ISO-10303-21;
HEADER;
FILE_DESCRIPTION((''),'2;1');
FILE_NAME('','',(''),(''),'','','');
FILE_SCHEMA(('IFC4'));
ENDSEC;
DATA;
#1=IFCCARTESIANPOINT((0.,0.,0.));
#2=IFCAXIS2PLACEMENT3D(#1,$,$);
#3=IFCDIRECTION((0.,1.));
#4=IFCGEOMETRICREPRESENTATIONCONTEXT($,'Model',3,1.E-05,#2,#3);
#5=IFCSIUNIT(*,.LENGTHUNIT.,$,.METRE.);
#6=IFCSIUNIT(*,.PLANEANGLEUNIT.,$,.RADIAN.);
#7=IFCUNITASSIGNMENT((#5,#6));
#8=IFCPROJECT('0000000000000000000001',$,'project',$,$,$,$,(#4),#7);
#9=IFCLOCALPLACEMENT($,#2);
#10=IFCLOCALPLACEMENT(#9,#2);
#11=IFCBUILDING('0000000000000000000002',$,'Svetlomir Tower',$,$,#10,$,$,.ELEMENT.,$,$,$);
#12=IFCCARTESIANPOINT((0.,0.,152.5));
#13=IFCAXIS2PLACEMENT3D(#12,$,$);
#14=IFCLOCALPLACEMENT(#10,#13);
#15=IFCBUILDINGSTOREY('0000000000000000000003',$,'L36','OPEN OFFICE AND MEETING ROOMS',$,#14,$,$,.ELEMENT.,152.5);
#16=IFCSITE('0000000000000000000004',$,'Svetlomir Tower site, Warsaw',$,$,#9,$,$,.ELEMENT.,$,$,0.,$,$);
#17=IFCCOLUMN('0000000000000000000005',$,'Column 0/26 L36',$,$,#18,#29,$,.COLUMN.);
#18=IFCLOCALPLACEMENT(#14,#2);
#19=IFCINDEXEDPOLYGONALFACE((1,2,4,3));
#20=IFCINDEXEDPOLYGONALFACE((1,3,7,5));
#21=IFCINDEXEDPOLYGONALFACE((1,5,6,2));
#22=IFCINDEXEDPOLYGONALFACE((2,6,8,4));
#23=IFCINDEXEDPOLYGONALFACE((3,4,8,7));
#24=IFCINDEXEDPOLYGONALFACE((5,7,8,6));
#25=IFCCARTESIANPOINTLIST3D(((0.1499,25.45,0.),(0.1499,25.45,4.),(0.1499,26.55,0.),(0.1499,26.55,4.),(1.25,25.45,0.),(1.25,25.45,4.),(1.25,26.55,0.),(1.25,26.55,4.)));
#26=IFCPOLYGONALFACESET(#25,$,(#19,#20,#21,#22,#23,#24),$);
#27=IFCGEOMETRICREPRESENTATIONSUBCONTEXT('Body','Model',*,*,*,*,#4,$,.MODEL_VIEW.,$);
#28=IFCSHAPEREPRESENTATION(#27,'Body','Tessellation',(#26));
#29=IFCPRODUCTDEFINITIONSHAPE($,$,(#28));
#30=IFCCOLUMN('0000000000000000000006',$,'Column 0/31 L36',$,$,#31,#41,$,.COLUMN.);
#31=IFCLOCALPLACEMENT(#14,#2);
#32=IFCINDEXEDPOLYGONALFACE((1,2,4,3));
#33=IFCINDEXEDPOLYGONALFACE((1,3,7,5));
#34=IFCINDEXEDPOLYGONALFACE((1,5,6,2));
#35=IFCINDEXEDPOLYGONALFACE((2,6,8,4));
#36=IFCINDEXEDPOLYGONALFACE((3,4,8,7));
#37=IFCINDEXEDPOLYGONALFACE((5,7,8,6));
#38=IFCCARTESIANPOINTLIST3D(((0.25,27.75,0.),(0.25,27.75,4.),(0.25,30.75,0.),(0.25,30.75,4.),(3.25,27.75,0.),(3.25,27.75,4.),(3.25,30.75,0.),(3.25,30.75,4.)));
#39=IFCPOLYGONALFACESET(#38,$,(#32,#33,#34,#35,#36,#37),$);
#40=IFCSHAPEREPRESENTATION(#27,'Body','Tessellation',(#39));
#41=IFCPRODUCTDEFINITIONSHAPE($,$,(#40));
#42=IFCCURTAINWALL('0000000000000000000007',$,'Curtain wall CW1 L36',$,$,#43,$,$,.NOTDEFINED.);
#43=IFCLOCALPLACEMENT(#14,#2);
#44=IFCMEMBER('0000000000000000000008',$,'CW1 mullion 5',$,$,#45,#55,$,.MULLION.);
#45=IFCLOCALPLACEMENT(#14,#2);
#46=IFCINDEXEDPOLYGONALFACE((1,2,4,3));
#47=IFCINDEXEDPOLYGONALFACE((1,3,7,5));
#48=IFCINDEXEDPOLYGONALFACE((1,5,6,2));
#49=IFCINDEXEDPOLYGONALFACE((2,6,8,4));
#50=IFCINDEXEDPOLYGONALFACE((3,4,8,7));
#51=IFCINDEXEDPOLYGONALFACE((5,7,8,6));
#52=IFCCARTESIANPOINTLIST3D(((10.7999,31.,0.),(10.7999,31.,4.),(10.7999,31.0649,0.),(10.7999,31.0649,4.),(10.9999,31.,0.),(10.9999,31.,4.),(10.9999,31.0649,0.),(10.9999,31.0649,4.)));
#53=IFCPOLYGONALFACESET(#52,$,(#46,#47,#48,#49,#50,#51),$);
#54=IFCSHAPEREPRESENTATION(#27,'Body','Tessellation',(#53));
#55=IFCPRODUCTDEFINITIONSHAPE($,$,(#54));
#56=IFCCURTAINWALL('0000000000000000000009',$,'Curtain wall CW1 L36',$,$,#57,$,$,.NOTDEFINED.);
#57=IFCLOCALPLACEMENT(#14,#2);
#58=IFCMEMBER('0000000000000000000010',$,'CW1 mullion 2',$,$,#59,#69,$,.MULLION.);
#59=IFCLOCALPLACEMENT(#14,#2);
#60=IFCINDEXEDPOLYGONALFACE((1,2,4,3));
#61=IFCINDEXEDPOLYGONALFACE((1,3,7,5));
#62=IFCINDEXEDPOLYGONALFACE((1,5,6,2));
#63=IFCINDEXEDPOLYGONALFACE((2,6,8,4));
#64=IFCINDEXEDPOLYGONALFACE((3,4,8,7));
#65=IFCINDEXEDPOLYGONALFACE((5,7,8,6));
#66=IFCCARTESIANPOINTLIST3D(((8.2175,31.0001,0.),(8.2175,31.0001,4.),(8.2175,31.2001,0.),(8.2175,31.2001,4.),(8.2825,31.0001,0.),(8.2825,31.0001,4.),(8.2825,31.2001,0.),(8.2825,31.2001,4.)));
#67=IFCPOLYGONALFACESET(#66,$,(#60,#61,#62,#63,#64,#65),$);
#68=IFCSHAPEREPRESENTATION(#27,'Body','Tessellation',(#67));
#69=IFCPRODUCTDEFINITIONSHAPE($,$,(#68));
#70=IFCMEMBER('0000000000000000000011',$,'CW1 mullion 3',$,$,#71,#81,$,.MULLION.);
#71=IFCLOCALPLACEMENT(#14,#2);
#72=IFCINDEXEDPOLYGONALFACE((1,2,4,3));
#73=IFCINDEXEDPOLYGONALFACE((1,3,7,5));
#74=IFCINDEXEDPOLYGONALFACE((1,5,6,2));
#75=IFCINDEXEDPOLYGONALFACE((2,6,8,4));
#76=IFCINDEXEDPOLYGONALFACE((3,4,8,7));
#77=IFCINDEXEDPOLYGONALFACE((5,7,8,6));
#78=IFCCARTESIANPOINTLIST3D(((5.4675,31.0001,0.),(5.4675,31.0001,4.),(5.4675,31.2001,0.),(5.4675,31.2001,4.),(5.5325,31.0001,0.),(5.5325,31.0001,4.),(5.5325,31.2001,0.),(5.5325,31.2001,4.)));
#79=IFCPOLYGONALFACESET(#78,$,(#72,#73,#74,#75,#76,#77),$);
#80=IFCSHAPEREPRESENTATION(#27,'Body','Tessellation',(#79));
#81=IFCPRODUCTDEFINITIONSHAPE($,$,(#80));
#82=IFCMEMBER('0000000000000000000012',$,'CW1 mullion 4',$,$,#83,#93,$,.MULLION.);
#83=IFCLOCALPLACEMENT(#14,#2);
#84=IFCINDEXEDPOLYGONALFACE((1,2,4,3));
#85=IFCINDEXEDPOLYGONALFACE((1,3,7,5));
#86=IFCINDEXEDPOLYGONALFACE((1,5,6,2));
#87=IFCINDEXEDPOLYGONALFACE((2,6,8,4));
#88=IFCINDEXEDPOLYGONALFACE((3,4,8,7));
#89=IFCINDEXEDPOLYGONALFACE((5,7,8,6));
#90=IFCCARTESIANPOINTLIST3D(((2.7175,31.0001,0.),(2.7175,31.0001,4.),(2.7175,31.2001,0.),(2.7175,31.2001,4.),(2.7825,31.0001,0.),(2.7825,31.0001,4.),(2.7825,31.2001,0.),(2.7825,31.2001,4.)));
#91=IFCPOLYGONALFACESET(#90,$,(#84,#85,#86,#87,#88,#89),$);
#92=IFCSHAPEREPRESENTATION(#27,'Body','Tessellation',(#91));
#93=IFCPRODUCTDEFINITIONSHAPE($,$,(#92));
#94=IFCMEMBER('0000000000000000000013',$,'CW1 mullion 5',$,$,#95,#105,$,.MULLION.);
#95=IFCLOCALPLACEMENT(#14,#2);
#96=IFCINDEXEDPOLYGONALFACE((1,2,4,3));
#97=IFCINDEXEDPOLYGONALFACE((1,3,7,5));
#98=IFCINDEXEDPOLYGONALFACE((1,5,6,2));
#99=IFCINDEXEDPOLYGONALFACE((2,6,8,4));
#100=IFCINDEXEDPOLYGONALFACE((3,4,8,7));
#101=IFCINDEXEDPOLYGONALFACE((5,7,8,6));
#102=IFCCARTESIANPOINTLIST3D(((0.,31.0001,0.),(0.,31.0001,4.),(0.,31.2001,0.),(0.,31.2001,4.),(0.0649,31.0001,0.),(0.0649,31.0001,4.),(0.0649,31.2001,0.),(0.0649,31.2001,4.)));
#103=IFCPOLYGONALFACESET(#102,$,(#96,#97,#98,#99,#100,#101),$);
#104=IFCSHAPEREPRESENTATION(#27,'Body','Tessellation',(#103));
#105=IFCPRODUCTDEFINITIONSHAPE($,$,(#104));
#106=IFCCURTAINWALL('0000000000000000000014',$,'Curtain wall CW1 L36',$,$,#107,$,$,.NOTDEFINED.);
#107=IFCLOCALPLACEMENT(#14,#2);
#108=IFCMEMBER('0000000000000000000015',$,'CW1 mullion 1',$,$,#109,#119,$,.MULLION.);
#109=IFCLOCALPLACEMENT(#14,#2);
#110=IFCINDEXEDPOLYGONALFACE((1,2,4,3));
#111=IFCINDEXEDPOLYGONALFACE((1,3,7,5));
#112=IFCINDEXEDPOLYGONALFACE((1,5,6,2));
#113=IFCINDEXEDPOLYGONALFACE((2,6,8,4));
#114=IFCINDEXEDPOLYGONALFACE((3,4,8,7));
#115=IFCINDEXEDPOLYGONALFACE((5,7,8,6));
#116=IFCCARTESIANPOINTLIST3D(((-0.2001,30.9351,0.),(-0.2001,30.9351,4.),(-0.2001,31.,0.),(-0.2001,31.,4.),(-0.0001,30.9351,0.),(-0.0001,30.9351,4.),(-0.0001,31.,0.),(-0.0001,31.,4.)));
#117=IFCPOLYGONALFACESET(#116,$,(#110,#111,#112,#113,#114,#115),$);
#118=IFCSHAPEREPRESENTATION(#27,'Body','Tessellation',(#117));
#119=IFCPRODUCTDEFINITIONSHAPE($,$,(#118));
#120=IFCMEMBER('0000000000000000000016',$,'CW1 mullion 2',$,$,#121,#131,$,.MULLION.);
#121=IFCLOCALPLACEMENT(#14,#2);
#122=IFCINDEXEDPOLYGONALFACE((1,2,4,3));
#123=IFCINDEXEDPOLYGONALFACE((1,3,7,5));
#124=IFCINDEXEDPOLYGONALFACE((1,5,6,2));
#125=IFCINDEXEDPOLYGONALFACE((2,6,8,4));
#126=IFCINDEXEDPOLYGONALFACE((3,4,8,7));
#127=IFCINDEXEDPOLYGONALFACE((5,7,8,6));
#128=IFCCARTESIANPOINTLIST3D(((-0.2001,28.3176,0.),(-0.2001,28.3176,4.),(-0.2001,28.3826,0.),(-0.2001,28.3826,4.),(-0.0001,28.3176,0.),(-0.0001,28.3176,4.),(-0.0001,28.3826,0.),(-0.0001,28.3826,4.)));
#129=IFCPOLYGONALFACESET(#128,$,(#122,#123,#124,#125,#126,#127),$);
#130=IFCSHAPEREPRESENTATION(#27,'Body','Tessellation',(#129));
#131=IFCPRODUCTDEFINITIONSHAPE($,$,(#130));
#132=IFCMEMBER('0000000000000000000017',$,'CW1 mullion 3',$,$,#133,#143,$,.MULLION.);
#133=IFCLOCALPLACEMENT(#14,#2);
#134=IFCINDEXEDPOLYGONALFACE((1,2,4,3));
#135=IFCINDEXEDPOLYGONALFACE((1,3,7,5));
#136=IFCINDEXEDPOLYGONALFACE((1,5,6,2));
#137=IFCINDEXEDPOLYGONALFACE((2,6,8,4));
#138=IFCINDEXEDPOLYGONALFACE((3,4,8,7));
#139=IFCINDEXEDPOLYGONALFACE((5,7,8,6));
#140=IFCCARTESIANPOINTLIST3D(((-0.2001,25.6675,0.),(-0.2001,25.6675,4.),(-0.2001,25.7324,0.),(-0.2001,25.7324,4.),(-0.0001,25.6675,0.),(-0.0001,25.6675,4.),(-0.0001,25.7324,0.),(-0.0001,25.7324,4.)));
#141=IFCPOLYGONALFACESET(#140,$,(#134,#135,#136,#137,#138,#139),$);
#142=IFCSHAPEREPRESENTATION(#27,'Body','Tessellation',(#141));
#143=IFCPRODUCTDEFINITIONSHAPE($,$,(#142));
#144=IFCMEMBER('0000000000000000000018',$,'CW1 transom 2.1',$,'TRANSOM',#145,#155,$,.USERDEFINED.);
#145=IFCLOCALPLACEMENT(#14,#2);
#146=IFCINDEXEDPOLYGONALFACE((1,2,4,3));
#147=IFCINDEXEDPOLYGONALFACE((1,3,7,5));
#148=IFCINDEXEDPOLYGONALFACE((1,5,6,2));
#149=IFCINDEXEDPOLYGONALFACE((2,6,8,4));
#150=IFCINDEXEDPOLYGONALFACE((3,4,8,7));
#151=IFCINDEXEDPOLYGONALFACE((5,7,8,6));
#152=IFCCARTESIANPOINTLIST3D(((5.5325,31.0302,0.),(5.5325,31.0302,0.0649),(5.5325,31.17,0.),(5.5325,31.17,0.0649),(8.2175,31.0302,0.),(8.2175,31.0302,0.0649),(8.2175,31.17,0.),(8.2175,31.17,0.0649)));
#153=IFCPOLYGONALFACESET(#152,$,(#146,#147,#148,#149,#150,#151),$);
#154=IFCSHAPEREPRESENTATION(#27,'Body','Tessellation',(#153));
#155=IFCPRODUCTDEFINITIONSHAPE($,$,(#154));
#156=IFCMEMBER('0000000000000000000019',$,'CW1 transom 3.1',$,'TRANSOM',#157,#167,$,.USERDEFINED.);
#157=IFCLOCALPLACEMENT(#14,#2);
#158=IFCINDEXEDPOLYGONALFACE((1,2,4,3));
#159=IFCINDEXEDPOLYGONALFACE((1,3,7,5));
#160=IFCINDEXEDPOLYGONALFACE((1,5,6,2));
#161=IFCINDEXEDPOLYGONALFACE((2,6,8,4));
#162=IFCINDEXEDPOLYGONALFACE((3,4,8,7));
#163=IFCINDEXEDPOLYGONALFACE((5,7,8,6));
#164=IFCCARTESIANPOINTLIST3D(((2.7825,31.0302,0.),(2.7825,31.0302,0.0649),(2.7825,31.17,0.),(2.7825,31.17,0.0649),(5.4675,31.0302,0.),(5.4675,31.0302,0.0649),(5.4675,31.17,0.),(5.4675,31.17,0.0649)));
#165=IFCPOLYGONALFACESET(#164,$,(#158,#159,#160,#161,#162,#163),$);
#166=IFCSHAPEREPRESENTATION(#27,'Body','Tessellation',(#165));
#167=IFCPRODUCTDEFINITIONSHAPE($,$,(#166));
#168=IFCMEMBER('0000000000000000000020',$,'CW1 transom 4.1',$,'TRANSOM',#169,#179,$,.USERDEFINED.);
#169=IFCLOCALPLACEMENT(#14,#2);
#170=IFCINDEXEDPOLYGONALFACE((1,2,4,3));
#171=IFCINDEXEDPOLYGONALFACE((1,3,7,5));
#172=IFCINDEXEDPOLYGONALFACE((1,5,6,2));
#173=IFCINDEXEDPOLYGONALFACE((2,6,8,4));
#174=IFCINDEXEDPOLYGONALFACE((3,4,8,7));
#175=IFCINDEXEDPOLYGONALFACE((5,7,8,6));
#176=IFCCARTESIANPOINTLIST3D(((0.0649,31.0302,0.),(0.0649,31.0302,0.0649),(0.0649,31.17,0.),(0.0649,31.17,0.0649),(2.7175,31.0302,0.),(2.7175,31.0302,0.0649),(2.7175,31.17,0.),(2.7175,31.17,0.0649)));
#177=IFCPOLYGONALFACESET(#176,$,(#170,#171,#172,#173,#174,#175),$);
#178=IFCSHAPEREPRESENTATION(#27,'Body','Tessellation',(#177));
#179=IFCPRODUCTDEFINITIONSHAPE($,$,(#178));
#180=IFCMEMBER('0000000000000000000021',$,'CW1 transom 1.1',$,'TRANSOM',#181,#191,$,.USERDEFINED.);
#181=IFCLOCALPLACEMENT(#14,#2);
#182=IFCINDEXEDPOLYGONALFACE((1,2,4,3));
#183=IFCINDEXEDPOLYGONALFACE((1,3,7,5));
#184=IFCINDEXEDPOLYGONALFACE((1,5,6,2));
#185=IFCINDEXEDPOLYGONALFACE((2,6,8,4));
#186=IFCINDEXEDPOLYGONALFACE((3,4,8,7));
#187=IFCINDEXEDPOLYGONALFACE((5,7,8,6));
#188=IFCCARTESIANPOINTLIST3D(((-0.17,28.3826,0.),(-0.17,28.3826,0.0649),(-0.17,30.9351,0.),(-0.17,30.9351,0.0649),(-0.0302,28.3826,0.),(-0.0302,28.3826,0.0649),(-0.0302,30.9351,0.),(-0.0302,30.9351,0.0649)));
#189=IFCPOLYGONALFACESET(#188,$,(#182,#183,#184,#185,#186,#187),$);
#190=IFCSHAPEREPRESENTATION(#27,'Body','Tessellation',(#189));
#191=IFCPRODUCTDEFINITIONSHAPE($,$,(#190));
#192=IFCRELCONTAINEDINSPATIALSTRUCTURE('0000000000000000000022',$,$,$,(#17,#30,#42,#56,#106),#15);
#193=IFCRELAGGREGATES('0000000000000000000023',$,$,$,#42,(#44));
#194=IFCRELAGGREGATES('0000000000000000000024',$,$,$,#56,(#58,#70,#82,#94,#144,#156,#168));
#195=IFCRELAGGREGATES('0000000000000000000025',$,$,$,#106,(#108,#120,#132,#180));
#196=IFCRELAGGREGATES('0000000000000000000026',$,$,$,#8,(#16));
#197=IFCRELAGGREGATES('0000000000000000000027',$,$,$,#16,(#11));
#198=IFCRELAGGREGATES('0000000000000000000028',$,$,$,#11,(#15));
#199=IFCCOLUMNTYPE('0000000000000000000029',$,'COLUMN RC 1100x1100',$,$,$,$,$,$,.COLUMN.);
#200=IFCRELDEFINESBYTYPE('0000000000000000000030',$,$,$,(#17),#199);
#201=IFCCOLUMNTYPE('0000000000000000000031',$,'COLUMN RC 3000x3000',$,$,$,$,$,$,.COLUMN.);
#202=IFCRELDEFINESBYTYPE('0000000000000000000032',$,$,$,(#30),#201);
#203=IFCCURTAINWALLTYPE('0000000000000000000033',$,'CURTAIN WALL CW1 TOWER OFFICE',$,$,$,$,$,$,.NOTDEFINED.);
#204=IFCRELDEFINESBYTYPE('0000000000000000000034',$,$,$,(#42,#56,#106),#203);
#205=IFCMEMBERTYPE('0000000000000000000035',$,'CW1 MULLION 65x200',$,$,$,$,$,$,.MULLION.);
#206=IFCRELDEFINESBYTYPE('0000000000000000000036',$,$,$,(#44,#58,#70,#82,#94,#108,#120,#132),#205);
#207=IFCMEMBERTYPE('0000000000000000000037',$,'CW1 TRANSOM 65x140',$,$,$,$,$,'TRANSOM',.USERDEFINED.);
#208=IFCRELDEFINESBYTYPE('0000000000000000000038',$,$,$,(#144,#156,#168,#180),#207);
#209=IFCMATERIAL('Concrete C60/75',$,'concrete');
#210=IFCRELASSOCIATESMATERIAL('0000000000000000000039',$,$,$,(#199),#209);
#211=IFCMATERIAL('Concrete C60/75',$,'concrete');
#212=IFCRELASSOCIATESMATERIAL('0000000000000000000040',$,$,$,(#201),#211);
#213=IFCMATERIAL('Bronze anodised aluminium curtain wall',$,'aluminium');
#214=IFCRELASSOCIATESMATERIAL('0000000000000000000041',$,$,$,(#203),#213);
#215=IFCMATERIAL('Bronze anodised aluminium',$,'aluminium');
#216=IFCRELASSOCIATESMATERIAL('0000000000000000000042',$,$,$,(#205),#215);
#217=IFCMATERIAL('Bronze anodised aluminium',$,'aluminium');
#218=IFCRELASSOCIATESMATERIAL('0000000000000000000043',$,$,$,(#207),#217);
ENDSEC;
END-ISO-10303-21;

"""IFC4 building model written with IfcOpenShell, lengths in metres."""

from ifc_helpers import new_model, si_unit, direction, frame, origin, origin_2d, place, context, subcontext, project, spatial, rectangle, extrude, material, material_profile, profile_set, type_object, element, aggregate, save


model = new_model("IFC4")

# Units and contexts
model_context = context("Model", 3, precision=1e-05, world=origin(), true_north=direction((0.0, 1.0)))
body_context = subcontext(model_context, "Body", "Model", "MODEL_VIEW")
ifc_project = project(units=[si_unit("LENGTHUNIT", "METRE"), si_unit("PLANEANGLEUNIT", "RADIAN")], contexts=[model_context])

# Site, building, storey
site_placement = place(None, origin())
site = spatial("IfcSite", under=ifc_project, at=site_placement, Name="Svetlomir Tower site, Warsaw", CompositionType="ELEMENT", RefElevation=0.0)
building_placement = place(site_placement, origin())
building = spatial("IfcBuilding", under=site, at=building_placement, Name="Svetlomir Tower", CompositionType="ELEMENT")
storey_placement = place(building_placement, frame((0.0, 0.0, 152.5)))
storey = spatial("IfcBuildingStorey", under=building, at=storey_placement, Name="L36", Description="OPEN OFFICE AND MEETING ROOMS", CompositionType="ELEMENT", Elevation=152.5)

# Columns
ifc_material_1 = material(Name="Concrete C60/75", Category="concrete")
ifc_material_profile_1 = material_profile(ifc_material_1, rectangle(XDim=1.1001, YDim=1.1001, at=origin_2d()), Name="RC 1100x1100")
ifc_profile_set_1 = profile_set([ifc_material_profile_1], Name="Concrete C60/75")
column_type_1 = type_object("IfcColumnType", Name="COLUMN RC 1100x1100", PredefinedType="COLUMN", material=ifc_profile_set_1)
column_1_placement = place(storey_placement, frame((0.7, 26.0, 0.0), z_axis=(0.0, 0.0, 1.0), x_axis=(1.0, 0.0, 0.0)))
element("IfcColumn", 1, at=column_1_placement, inside=storey, type_object=column_type_1, Name="Column 0/26 L36", PredefinedType="COLUMN", context=body_context, shape_type="SweptSolid", body=[
    extrude(rectangle(XDim=1.1001, YDim=1.1001, at=origin_2d()), origin(), (0.0, 0.0, 1.0), 4.0),
])
ifc_material_2 = material(Name="Concrete C60/75", Category="concrete")
ifc_material_profile_2 = material_profile(ifc_material_2, rectangle(XDim=3.0, YDim=3.0, at=origin_2d()), Name="RC 3000x3000")
ifc_profile_set_2 = profile_set([ifc_material_profile_2], Name="Concrete C60/75")
column_type_2 = type_object("IfcColumnType", Name="COLUMN RC 3000x3000", PredefinedType="COLUMN", material=ifc_profile_set_2)
column_2_placement = place(storey_placement, frame((1.75, 29.25, 0.0), z_axis=(0.0, 0.0, 1.0), x_axis=(1.0, 0.0, 0.0)))
element("IfcColumn", 2, at=column_2_placement, inside=storey, type_object=column_type_2, Name="Column 0/31 L36", PredefinedType="COLUMN", context=body_context, shape_type="SweptSolid", body=[
    extrude(rectangle(XDim=3.0, YDim=3.0, at=origin_2d()), origin(), (0.0, 0.0, 1.0), 4.0),
])

# Curtain wall, member
ifc_material_3 = material(Name="Bronze anodised aluminium curtain wall", Category="aluminium")
curtain_wall_type = type_object("IfcCurtainWallType", Name="CURTAIN WALL CW1 TOWER OFFICE", PredefinedType="NOTDEFINED", material=ifc_material_3)
curtain_wall_1_placement = place(storey_placement, origin())
curtain_wall_1 = element("IfcCurtainWall", 3, at=curtain_wall_1_placement, inside=storey, type_object=curtain_wall_type, Name="Curtain wall CW1 L36", PredefinedType="NOTDEFINED")
ifc_material_4 = material(Name="Bronze anodised aluminium", Category="aluminium")
ifc_material_profile_3 = material_profile(ifc_material_4, rectangle(XDim=0.0649, YDim=0.2, at=origin_2d()), Name="AL 65x200")
ifc_profile_set_3 = profile_set([ifc_material_profile_3], Name="Bronze anodised aluminium 6063-T6")
member_type_1 = type_object("IfcMemberType", Name="CW1 MULLION 65x200", PredefinedType="MULLION", material=ifc_profile_set_3)
member_1_placement = place(storey_placement, frame((10.8999, 31.0325, 0.0), z_axis=(0.0, 0.0, 1.0), x_axis=(0.0, -1.0, 0.0)))
member_1 = element("IfcMember", 4, at=member_1_placement, type_object=member_type_1, Name="CW1 mullion 5", PredefinedType="MULLION", context=body_context, shape_type="SweptSolid", body=[
    extrude(rectangle(XDim=0.0649, YDim=0.2, at=origin_2d()), origin(), (0.0, 0.0, 1.0), 4.0),
])
aggregate(curtain_wall_1, [member_1])

# Curtain walls, members
curtain_wall_2_placement = place(storey_placement, origin())
curtain_wall_2 = element("IfcCurtainWall", 5, at=curtain_wall_2_placement, inside=storey, type_object=curtain_wall_type, Name="Curtain wall CW1 L36", PredefinedType="NOTDEFINED")
member_2_placement = place(storey_placement, frame((8.25, 31.1001, 0.0), z_axis=(0.0, 0.0, 1.0), x_axis=(-1.0, 0.0, 0.0)))
member_2 = element("IfcMember", 6, at=member_2_placement, type_object=member_type_1, Name="CW1 mullion 2", PredefinedType="MULLION", context=body_context, shape_type="SweptSolid", body=[
    extrude(rectangle(XDim=0.0649, YDim=0.2, at=origin_2d()), origin(), (0.0, 0.0, 1.0), 4.0),
])
member_3_placement = place(storey_placement, frame((5.5, 31.1001, 0.0), z_axis=(0.0, 0.0, 1.0), x_axis=(-1.0, 0.0, 0.0)))
member_3 = element("IfcMember", 7, at=member_3_placement, type_object=member_type_1, Name="CW1 mullion 3", PredefinedType="MULLION", context=body_context, shape_type="SweptSolid", body=[
    extrude(rectangle(XDim=0.0649, YDim=0.2, at=origin_2d()), origin(), (0.0, 0.0, 1.0), 4.0),
])
member_4_placement = place(storey_placement, frame((2.75, 31.1001, 0.0), z_axis=(0.0, 0.0, 1.0), x_axis=(-1.0, 0.0, 0.0)))
member_4 = element("IfcMember", 8, at=member_4_placement, type_object=member_type_1, Name="CW1 mullion 4", PredefinedType="MULLION", context=body_context, shape_type="SweptSolid", body=[
    extrude(rectangle(XDim=0.0649, YDim=0.2, at=origin_2d()), origin(), (0.0, 0.0, 1.0), 4.0),
])
member_5_placement = place(storey_placement, frame((0.0325, 31.1001, 0.0), z_axis=(0.0, 0.0, 1.0), x_axis=(-1.0, 0.0, 0.0)))
member_5 = element("IfcMember", 9, at=member_5_placement, type_object=member_type_1, Name="CW1 mullion 5", PredefinedType="MULLION", context=body_context, shape_type="SweptSolid", body=[
    extrude(rectangle(XDim=0.0649, YDim=0.2, at=origin_2d()), origin(), (0.0, 0.0, 1.0), 4.0),
])
curtain_wall_3_placement = place(storey_placement, origin())
curtain_wall_3 = element("IfcCurtainWall", 10, at=curtain_wall_3_placement, inside=storey, type_object=curtain_wall_type, Name="Curtain wall CW1 L36", PredefinedType="NOTDEFINED")
member_6_placement = place(storey_placement, frame((-0.1001, 30.9675, 0.0), z_axis=(0.0, 0.0, 1.0), x_axis=(0.0, -1.0, 0.0)))
member_6 = element("IfcMember", 11, at=member_6_placement, type_object=member_type_1, Name="CW1 mullion 1", PredefinedType="MULLION", context=body_context, shape_type="SweptSolid", body=[
    extrude(rectangle(XDim=0.0649, YDim=0.2, at=origin_2d()), origin(), (0.0, 0.0, 1.0), 4.0),
])
member_7_placement = place(storey_placement, frame((-0.1001, 28.3501, 0.0), z_axis=(0.0, 0.0, 1.0), x_axis=(0.0, -1.0, 0.0)))
member_7 = element("IfcMember", 12, at=member_7_placement, type_object=member_type_1, Name="CW1 mullion 2", PredefinedType="MULLION", context=body_context, shape_type="SweptSolid", body=[
    extrude(rectangle(XDim=0.0649, YDim=0.2, at=origin_2d()), origin(), (0.0, 0.0, 1.0), 4.0),
])
member_8_placement = place(storey_placement, frame((-0.1001, 25.7, 0.0), z_axis=(0.0, 0.0, 1.0), x_axis=(0.0, -1.0, 0.0)))
member_8 = element("IfcMember", 13, at=member_8_placement, type_object=member_type_1, Name="CW1 mullion 3", PredefinedType="MULLION", context=body_context, shape_type="SweptSolid", body=[
    extrude(rectangle(XDim=0.0649, YDim=0.2, at=origin_2d()), origin(), (0.0, 0.0, 1.0), 4.0),
])

# Members
ifc_material_5 = material(Name="Bronze anodised aluminium", Category="aluminium")
ifc_material_profile_4 = material_profile(ifc_material_5, rectangle(XDim=0.1399, YDim=0.0649, at=origin_2d()), Name="AL 140x65")
ifc_profile_set_4 = profile_set([ifc_material_profile_4], Name="Bronze anodised aluminium 6063-T6")
member_type_2 = type_object("IfcMemberType", Name="CW1 TRANSOM 65x140", ElementType="TRANSOM", PredefinedType="USERDEFINED", material=ifc_profile_set_4)
member_9_placement = place(storey_placement, frame((8.2175, 31.1001, 0.0325), z_axis=(-1.0, 0.0, 0.0), x_axis=(0.0, -1.0, 0.0)))
member_9 = element("IfcMember", 14, at=member_9_placement, type_object=member_type_2, Name="CW1 transom 2.1", ObjectType="TRANSOM", PredefinedType="USERDEFINED", context=body_context, shape_type="SweptSolid", body=[
    extrude(rectangle(XDim=0.1399, YDim=0.0649, at=origin_2d()), origin(), (0.0, 0.0, 1.0), 2.6851),
])
member_10_placement = place(storey_placement, frame((5.4675, 31.1001, 0.0325), z_axis=(-1.0, 0.0, 0.0), x_axis=(0.0, -1.0, 0.0)))
member_10 = element("IfcMember", 15, at=member_10_placement, type_object=member_type_2, Name="CW1 transom 3.1", ObjectType="TRANSOM", PredefinedType="USERDEFINED", context=body_context, shape_type="SweptSolid", body=[
    extrude(rectangle(XDim=0.1399, YDim=0.0649, at=origin_2d()), origin(), (0.0, 0.0, 1.0), 2.6851),
])
member_11_placement = place(storey_placement, frame((2.7175, 31.1001, 0.0325), z_axis=(-1.0, 0.0, 0.0), x_axis=(0.0, -1.0, 0.0)))
member_11 = element("IfcMember", 16, at=member_11_placement, type_object=member_type_2, Name="CW1 transom 4.1", ObjectType="TRANSOM", PredefinedType="USERDEFINED", context=body_context, shape_type="SweptSolid", body=[
    extrude(rectangle(XDim=0.1399, YDim=0.0649, at=origin_2d()), origin(), (0.0, 0.0, 1.0), 2.6526),
])
member_12_placement = place(storey_placement, frame((-0.1001, 30.9351, 0.0325), z_axis=(0.0, -1.0, 0.0), x_axis=(1.0, 0.0, 0.0)))
member_12 = element("IfcMember", 17, at=member_12_placement, type_object=member_type_2, Name="CW1 transom 1.1", ObjectType="TRANSOM", PredefinedType="USERDEFINED", context=body_context, shape_type="SweptSolid", body=[
    extrude(rectangle(XDim=0.1399, YDim=0.0649, at=origin_2d()), origin(), (0.0, 0.0, 1.0), 2.5525),
])

aggregate(curtain_wall_2, [member_2, member_3, member_4, member_5, member_9, member_10, member_11])
aggregate(curtain_wall_3, [member_6, member_7, member_8, member_12])

save(model, "model.ifc")
